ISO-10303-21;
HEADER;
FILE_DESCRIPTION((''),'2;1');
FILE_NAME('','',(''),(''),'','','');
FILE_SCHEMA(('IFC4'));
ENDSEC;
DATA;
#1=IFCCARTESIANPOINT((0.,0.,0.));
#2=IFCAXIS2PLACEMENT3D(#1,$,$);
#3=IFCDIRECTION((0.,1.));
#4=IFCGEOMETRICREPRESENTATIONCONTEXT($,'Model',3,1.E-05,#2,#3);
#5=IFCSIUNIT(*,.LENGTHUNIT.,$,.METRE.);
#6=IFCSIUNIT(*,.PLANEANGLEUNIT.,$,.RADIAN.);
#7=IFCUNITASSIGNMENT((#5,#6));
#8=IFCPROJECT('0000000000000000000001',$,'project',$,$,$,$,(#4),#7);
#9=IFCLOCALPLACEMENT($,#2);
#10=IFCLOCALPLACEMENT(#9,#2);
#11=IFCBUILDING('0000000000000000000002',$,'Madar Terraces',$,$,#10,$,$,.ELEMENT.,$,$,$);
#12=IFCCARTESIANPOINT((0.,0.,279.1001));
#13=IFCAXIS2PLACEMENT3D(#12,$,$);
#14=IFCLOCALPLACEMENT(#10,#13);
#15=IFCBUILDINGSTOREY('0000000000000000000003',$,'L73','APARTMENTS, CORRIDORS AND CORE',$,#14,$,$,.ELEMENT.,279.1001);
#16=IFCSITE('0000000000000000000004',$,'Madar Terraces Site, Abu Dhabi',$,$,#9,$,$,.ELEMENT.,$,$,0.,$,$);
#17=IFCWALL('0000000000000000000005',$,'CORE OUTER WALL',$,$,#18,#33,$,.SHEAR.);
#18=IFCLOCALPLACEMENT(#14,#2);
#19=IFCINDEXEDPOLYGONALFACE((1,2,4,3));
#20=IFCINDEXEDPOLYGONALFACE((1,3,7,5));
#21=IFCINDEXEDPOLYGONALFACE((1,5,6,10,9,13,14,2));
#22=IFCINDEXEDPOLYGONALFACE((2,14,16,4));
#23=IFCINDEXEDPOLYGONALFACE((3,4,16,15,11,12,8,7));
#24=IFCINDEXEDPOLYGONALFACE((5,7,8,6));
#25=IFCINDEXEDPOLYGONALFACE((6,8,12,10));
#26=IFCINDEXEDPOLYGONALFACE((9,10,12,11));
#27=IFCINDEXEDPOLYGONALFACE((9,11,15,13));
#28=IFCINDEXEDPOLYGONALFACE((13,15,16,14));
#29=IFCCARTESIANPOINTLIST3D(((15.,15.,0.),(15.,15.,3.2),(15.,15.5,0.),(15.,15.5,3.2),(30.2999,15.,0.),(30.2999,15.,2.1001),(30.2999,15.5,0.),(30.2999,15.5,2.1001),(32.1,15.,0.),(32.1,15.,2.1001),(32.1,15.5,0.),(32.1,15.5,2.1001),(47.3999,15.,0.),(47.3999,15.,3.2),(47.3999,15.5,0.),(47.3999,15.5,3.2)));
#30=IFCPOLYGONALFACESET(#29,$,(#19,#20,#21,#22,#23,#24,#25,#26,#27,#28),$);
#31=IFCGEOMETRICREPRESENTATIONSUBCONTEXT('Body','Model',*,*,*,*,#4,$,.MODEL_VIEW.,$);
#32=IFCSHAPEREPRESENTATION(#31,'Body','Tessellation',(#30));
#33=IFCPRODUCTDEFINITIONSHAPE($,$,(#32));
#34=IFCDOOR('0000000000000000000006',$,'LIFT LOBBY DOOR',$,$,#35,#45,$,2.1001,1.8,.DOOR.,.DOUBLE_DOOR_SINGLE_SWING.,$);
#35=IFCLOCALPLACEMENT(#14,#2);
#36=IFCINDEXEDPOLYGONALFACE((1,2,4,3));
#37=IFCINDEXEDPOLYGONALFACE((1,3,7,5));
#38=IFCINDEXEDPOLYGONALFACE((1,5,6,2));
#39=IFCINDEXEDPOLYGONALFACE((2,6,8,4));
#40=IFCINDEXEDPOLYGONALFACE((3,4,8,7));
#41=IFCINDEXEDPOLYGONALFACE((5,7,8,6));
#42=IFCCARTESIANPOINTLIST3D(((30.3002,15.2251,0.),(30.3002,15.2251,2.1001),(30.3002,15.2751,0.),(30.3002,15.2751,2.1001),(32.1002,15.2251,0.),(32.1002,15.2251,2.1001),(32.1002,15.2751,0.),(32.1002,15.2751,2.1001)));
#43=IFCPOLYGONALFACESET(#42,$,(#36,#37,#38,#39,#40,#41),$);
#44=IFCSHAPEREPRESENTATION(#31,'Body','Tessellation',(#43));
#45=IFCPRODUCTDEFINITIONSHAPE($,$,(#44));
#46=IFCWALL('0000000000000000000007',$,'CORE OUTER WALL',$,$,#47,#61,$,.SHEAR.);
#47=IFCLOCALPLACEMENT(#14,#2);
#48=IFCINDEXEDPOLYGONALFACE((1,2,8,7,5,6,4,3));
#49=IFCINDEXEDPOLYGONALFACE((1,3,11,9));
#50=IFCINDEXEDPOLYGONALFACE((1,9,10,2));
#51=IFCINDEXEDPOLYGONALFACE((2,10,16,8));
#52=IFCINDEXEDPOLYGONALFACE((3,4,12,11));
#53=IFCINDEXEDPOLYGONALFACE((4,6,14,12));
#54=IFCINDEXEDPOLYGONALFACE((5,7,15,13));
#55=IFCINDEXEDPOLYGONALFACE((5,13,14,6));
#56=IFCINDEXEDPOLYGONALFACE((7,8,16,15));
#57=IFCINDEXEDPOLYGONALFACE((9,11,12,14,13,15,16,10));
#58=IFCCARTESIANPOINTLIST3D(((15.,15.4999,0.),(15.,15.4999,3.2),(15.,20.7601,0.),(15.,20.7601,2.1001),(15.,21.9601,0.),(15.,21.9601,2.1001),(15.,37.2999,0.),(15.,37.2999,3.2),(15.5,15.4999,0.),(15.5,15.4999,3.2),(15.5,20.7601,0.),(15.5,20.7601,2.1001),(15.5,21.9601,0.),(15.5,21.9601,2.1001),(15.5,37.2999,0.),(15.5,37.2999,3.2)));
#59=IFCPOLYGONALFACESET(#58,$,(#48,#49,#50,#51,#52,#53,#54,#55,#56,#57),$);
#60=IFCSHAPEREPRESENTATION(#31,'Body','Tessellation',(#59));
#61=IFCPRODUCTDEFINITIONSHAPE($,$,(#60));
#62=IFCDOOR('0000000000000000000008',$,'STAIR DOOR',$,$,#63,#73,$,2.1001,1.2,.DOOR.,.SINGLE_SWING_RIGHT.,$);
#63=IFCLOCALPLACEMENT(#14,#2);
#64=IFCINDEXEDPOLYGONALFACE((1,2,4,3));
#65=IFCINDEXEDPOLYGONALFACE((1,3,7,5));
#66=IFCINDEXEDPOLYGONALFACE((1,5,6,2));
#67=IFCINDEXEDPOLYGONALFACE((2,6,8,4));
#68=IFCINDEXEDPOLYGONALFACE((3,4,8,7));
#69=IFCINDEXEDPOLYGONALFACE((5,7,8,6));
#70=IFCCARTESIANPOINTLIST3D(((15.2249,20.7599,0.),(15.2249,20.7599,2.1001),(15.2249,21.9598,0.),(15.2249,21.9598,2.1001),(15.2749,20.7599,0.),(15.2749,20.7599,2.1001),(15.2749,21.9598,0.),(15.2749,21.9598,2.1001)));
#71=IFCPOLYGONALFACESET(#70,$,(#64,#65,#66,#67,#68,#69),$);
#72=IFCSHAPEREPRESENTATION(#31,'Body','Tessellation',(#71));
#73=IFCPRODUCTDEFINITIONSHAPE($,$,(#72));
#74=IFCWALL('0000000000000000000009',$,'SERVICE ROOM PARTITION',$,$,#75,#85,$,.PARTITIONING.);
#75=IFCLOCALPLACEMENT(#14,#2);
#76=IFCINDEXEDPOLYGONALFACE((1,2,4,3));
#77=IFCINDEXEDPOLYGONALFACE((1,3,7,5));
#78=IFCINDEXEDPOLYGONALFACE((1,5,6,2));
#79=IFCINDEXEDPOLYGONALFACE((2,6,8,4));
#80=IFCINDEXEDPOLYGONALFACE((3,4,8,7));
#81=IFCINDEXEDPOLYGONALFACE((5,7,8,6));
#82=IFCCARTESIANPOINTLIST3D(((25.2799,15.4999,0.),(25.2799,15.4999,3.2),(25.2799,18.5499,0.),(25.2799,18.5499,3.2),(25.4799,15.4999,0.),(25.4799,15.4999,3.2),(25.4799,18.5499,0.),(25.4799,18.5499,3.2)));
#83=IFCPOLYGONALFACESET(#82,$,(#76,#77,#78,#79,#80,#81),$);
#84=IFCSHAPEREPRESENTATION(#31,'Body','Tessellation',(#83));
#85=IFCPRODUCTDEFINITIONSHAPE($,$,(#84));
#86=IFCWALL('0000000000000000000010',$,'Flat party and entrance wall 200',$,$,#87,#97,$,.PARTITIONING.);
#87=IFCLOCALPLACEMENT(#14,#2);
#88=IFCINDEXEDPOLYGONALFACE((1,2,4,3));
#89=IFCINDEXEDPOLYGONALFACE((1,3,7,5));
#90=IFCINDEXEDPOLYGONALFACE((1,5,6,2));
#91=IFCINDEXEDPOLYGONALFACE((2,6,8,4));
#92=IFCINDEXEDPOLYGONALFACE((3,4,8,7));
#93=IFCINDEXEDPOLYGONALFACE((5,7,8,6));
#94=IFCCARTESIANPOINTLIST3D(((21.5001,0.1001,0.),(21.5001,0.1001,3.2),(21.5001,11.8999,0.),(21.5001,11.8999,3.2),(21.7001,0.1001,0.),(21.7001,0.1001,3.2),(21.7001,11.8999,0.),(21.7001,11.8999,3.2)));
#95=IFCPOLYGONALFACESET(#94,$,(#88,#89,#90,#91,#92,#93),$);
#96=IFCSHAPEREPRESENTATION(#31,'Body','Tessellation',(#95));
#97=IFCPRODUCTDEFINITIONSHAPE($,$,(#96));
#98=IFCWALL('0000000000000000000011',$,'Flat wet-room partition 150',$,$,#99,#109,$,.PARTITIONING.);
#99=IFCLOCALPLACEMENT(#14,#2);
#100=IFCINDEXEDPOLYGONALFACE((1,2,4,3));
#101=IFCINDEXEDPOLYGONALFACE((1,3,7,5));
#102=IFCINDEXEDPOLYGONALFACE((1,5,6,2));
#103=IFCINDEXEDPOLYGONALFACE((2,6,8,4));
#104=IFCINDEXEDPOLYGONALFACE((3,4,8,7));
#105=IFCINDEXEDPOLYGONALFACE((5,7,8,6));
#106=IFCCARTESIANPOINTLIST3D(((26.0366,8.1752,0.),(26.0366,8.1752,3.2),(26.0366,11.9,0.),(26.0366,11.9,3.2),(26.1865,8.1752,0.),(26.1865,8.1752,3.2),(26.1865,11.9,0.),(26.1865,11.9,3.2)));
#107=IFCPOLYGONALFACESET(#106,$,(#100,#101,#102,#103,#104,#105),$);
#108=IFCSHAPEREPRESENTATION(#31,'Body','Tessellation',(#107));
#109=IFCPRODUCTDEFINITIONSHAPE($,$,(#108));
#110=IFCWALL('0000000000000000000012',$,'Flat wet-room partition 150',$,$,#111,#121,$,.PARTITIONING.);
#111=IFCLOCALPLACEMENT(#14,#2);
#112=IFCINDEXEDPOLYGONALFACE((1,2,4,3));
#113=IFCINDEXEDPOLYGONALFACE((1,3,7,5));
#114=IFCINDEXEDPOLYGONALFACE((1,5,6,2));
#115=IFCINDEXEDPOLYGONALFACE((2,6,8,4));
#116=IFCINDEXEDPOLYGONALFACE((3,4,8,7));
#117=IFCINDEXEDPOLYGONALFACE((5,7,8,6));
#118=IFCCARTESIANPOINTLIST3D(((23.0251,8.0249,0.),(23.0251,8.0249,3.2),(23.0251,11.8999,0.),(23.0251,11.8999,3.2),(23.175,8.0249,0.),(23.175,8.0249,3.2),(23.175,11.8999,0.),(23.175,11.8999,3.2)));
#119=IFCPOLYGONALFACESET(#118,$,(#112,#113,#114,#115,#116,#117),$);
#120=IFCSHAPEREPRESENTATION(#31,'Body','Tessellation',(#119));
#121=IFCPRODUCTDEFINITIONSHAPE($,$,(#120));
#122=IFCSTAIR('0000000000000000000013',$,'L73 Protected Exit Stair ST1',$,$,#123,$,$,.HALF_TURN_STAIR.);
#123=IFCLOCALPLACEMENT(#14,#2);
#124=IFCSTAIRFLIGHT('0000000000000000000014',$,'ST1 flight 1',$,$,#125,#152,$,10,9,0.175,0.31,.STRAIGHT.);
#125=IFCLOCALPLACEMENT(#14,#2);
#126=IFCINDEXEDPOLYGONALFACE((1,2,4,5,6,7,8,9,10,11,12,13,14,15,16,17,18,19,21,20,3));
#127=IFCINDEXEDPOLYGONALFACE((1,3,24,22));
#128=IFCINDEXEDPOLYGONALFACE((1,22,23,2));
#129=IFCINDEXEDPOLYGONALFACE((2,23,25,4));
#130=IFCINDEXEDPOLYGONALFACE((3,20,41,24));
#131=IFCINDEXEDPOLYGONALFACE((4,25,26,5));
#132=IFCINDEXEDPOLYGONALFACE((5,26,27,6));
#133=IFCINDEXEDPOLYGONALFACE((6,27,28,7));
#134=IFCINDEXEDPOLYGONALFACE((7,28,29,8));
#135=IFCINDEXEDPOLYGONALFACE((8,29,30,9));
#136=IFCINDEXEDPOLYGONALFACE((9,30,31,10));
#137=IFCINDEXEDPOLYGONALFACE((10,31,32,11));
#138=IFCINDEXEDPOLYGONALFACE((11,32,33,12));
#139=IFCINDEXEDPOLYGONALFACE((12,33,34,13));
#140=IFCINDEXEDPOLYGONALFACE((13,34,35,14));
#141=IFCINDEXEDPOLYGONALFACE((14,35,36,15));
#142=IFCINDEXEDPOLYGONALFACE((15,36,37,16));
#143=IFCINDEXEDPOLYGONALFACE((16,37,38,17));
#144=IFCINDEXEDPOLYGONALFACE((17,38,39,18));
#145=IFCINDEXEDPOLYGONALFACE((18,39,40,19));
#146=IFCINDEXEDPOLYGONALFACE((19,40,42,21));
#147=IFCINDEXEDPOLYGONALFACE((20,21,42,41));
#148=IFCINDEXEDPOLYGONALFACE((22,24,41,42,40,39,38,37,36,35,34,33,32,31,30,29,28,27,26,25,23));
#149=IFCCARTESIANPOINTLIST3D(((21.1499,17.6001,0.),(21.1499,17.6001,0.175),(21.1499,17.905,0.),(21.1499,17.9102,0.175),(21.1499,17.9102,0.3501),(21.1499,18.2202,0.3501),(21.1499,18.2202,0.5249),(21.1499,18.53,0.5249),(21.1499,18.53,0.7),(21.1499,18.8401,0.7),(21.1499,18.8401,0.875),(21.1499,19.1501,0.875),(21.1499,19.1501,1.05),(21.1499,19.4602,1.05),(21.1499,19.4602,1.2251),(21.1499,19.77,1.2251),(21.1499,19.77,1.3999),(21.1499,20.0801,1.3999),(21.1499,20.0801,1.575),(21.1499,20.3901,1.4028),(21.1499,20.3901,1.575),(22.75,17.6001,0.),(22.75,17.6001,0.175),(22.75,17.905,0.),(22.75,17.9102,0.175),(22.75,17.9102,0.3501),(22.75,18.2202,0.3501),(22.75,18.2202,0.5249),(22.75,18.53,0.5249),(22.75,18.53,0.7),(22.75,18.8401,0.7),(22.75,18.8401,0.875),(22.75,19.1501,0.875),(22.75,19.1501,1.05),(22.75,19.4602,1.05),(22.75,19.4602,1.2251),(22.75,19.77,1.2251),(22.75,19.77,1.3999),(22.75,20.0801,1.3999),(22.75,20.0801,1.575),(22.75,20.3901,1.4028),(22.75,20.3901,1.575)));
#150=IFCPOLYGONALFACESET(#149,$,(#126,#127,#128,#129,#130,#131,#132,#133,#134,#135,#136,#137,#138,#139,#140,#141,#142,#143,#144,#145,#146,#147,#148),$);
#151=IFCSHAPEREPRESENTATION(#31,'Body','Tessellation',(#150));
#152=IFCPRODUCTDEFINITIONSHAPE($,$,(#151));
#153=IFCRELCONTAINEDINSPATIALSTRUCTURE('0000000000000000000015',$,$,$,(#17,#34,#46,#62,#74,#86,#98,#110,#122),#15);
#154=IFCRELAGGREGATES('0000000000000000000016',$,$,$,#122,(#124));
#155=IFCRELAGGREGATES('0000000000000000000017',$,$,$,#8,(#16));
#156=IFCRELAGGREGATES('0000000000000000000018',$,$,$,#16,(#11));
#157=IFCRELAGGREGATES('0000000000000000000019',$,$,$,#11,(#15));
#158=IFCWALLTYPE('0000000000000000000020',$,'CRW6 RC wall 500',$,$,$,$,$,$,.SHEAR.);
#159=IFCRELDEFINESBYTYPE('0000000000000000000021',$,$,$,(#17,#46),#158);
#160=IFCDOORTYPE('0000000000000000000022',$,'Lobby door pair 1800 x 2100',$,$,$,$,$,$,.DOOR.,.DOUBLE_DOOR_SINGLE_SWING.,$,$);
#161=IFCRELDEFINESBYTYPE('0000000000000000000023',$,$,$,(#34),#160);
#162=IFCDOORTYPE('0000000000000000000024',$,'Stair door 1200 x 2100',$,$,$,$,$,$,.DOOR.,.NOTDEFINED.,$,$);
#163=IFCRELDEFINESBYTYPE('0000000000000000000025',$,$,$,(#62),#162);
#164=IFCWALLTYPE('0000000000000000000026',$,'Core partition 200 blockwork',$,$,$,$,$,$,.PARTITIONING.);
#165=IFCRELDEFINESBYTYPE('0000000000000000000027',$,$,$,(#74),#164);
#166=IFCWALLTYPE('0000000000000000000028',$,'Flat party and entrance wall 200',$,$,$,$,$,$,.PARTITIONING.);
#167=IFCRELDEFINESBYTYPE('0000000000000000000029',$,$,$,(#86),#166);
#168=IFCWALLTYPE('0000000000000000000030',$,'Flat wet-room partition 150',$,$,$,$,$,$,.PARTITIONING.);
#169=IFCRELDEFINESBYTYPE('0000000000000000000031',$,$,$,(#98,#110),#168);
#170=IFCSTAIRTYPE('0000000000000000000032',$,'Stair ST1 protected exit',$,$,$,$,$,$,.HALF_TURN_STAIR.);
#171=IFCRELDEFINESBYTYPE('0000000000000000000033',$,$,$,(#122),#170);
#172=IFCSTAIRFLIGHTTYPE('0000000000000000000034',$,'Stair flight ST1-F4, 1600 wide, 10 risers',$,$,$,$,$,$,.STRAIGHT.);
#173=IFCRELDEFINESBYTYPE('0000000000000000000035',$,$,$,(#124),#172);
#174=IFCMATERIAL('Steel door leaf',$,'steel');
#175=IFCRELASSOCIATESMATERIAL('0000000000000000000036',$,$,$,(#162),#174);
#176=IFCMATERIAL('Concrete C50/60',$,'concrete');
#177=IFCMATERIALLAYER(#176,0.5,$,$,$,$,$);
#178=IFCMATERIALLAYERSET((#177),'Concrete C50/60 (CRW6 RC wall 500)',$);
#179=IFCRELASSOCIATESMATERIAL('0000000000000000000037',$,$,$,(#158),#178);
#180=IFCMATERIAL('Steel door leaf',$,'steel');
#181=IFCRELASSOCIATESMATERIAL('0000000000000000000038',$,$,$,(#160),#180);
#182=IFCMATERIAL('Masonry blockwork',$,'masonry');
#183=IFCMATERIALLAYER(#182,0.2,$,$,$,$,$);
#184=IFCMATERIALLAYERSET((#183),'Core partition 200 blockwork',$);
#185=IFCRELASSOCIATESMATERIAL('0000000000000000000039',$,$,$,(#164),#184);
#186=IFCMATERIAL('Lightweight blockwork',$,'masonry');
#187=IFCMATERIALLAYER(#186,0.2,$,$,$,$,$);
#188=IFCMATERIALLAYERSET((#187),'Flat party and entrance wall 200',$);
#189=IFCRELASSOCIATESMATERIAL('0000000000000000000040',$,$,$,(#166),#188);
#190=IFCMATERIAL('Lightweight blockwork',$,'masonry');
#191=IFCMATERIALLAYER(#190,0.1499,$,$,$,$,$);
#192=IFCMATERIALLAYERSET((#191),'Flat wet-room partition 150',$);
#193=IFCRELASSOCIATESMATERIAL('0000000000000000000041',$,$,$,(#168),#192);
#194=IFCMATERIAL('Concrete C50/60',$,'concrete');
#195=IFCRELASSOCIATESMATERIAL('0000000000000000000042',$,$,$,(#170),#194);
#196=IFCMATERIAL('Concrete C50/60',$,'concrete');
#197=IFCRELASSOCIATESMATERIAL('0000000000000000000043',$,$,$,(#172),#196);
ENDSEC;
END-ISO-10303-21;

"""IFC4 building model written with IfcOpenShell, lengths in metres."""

from ifc_helpers import new_model, si_unit, direction, frame, frame_2d, origin, place, context, subcontext, project, spatial, polyline, rectangle, outline, extrude, material, layer, layer_set, type_object, element, fill, aggregate, save


model = new_model("IFC4")

# Units and contexts
model_context = context("Model", 3, precision=1e-05, world=origin(), true_north=direction((0.0, 1.0)))
body_context = subcontext(model_context, "Body", "Model", "MODEL_VIEW")
ifc_project = project(units=[si_unit("LENGTHUNIT", "METRE"), si_unit("PLANEANGLEUNIT", "RADIAN")], contexts=[model_context])

# Site, building, storey
site_placement = place(None, origin())
site = spatial("IfcSite", under=ifc_project, at=site_placement, Name="Madar Terraces Site, Abu Dhabi", CompositionType="ELEMENT", RefElevation=0.0)
building_placement = place(site_placement, origin())
building = spatial("IfcBuilding", under=site, at=building_placement, Name="Madar Terraces", CompositionType="ELEMENT")
storey_placement = place(building_placement, frame((0.0, 0.0, 279.1001)))
storey = spatial("IfcBuildingStorey", under=building, at=storey_placement, Name="L73", Description="APARTMENTS, CORRIDORS AND CORE", CompositionType="ELEMENT", Elevation=279.1001)

# Shared definitions
ifc_material_1 = material(Name="Steel door leaf", Category="steel")
door_type_1 = type_object("IfcDoorType", Name="Stair door 1200 x 2100", OperationType="NOTDEFINED", PredefinedType="DOOR", material=ifc_material_1)

# Walls, openings, doors
ifc_material_2 = material(Name="Concrete C50/60", Category="concrete")
ifc_layer_1 = layer(ifc_material_2, 0.5)
ifc_layer_set_1 = layer_set([ifc_layer_1], Name="Concrete C50/60 (CRW6 RC wall 500)")
wall_type_1 = type_object("IfcWallType", Name="CRW6 RC wall 500", PredefinedType="SHEAR", material=ifc_layer_set_1)
wall_1_placement = place(storey_placement, frame((15.0, 15.25, 0.0), z_axis=(0.0, 0.0, 1.0), x_axis=(1.0, 0.0, 0.0)))
wall_1 = element("IfcWall", 1, at=wall_1_placement, inside=storey, type_object=wall_type_1, Name="CORE OUTER WALL", PredefinedType="SHEAR", context=body_context, shape_type="SweptSolid", body=[
    extrude(rectangle(XDim=32.3999, YDim=0.5, at=frame_2d((16.2, 0.0))), origin(), (0.0, 0.0, 1.0), 3.2),
])
opening_1_placement = place(wall_1_placement, frame((15.3, 0.0, 0.0)))
opening_1 = element("IfcOpeningElement", 2, at=opening_1_placement, cuts=wall_1, PredefinedType="OPENING", context=body_context, shape_type="SweptSolid", body=[
    extrude(rectangle(XDim=1.8, YDim=2.1001, at=frame_2d((0.8999, 1.05))), frame((0.0, 0.26, 0.0), z_axis=(0.0, -1.0, 0.0), x_axis=(1.0, 0.0, 0.0)), (0.0, 0.0, 1.0), 0.52),
])
ifc_material_3 = material(Name="Steel door leaf", Category="steel")
door_type_2 = type_object("IfcDoorType", Name="Lobby door pair 1800 x 2100", OperationType="DOUBLE_DOOR_SINGLE_SWING", PredefinedType="DOOR", material=ifc_material_3)
door_1_placement = place(opening_1_placement, frame((1.8, 0.0, 0.0), z_axis=(0.0, 0.0, 1.0), x_axis=(-1.0, 0.0, 0.0)))
door_1 = element("IfcDoor", 3, at=door_1_placement, inside=storey, type_object=door_type_2, Name="LIFT LOBBY DOOR", OperationType="DOUBLE_DOOR_SINGLE_SWING", OverallHeight=2.1001, OverallWidth=1.8, PredefinedType="DOOR", context=body_context, shape_type="SweptSolid", body=[
    extrude(rectangle(XDim=1.8, YDim=2.1001, at=frame_2d((0.8999, 1.05))), frame((0.0, 0.0249, 0.0), z_axis=(0.0, -1.0, 0.0), x_axis=(1.0, 0.0, 0.0)), (0.0, 0.0, 1.0), 0.05),
])
fill(opening_1, door_1)
wall_2_placement = place(storey_placement, frame((15.25, 15.5, 0.0), z_axis=(0.0, 0.0, 1.0), x_axis=(0.0, 1.0, 0.0)))
wall_2 = element("IfcWall", 4, at=wall_2_placement, inside=storey, type_object=wall_type_1, Name="CORE OUTER WALL", PredefinedType="SHEAR", context=body_context, shape_type="SweptSolid", body=[
    extrude(rectangle(XDim=21.8, YDim=0.5, at=frame_2d((10.8999, 0.0))), origin(), (0.0, 0.0, 1.0), 3.2),
])
opening_2_placement = place(wall_2_placement, frame((5.26, 0.0, 0.0)))
opening_2 = element("IfcOpeningElement", 5, at=opening_2_placement, cuts=wall_2, PredefinedType="OPENING", context=body_context, shape_type="SweptSolid", body=[
    extrude(rectangle(XDim=1.2, YDim=2.1001, at=frame_2d((0.6001, 1.05))), frame((0.0, 0.26, 0.0), z_axis=(0.0, -1.0, 0.0), x_axis=(1.0, 0.0, 0.0)), (0.0, 0.0, 1.0), 0.52),
])
door_2_placement = place(opening_2_placement, frame((1.2, 0.0, 0.0), z_axis=(0.0, 0.0, 1.0), x_axis=(-1.0, 0.0, 0.0)))
door_2 = element("IfcDoor", 6, at=door_2_placement, inside=storey, type_object=door_type_1, Name="STAIR DOOR", OperationType="SINGLE_SWING_RIGHT", OverallHeight=2.1001, OverallWidth=1.2, PredefinedType="DOOR", context=body_context, shape_type="SweptSolid", body=[
    extrude(rectangle(XDim=1.2, YDim=2.1001, at=frame_2d((0.6001, 1.05))), frame((0.0, 0.0249, 0.0), z_axis=(0.0, -1.0, 0.0), x_axis=(1.0, 0.0, 0.0)), (0.0, 0.0, 1.0), 0.05),
])
fill(opening_2, door_2)

# Walls
ifc_material_4 = material(Name="Masonry blockwork", Category="masonry")
ifc_layer_2 = layer(ifc_material_4, 0.2)
ifc_layer_set_2 = layer_set([ifc_layer_2], Name="Core partition 200 blockwork")
wall_type_2 = type_object("IfcWallType", Name="Core partition 200 blockwork", PredefinedType="PARTITIONING", material=ifc_layer_set_2)
wall_3_placement = place(storey_placement, frame((25.3799, 15.5, 0.0), z_axis=(0.0, 0.0, 1.0), x_axis=(0.0, 1.0, 0.0)))
element("IfcWall", 7, at=wall_3_placement, inside=storey, type_object=wall_type_2, Name="SERVICE ROOM PARTITION", PredefinedType="PARTITIONING", context=body_context, shape_type="SweptSolid", body=[
    extrude(rectangle(XDim=3.05, YDim=0.2, at=frame_2d((1.5249, 0.0))), origin(), (0.0, 0.0, 1.0), 3.2),
])
ifc_material_5 = material(Name="Lightweight blockwork", Category="masonry")
ifc_layer_3 = layer(ifc_material_5, 0.2)
ifc_layer_set_3 = layer_set([ifc_layer_3], Name="Flat party and entrance wall 200")
wall_type_3 = type_object("IfcWallType", Name="Flat party and entrance wall 200", PredefinedType="PARTITIONING", material=ifc_layer_set_3)
wall_4_placement = place(storey_placement, frame((21.6001, 11.8999, 0.0), z_axis=(0.0, 0.0, 1.0), x_axis=(0.0, -1.0, 0.0)))
element("IfcWall", 8, at=wall_4_placement, inside=storey, type_object=wall_type_3, Name="Flat party and entrance wall 200", PredefinedType="PARTITIONING", context=body_context, shape_type="SweptSolid", body=[
    extrude(rectangle(XDim=11.7998, YDim=0.2, at=frame_2d((5.8999, 0.0))), origin(), (0.0, 0.0, 1.0), 3.2),
])
ifc_material_6 = material(Name="Lightweight blockwork", Category="masonry")
ifc_layer_4 = layer(ifc_material_6, 0.1499)
ifc_layer_set_4 = layer_set([ifc_layer_4], Name="Flat wet-room partition 150")
wall_type_4 = type_object("IfcWallType", Name="Flat wet-room partition 150", PredefinedType="PARTITIONING", material=ifc_layer_set_4)
wall_5_placement = place(storey_placement, frame((26.1116, 11.8999, 0.0), z_axis=(0.0, 0.0, 1.0), x_axis=(0.0, -1.0, 0.0)))
element("IfcWall", 9, at=wall_5_placement, inside=storey, type_object=wall_type_4, Name="Flat wet-room partition 150", PredefinedType="PARTITIONING", context=body_context, shape_type="SweptSolid", body=[
    extrude(rectangle(XDim=3.7249, YDim=0.1499, at=frame_2d((1.8623, 0.0))), origin(), (0.0, 0.0, 1.0), 3.2),
])
wall_6_placement = place(storey_placement, frame((23.1001, 11.8999, 0.0), z_axis=(0.0, 0.0, 1.0), x_axis=(0.0, -1.0, 0.0)))
element("IfcWall", 10, at=wall_6_placement, inside=storey, type_object=wall_type_4, Name="Flat wet-room partition 150", PredefinedType="PARTITIONING", context=body_context, shape_type="SweptSolid", body=[
    extrude(rectangle(XDim=3.875, YDim=0.1499, at=frame_2d((1.9375, 0.0))), origin(), (0.0, 0.0, 1.0), 3.2),
])

# Stair, stair flight
ifc_material_7 = material(Name="Concrete C50/60", Category="concrete")
stair_type = type_object("IfcStairType", Name="Stair ST1 protected exit", PredefinedType="HALF_TURN_STAIR", material=ifc_material_7)
stair_placement = place(storey_placement, origin())
stair = element("IfcStair", 11, at=stair_placement, inside=storey, type_object=stair_type, Name="L73 Protected Exit Stair ST1", PredefinedType="HALF_TURN_STAIR")
ifc_material_8 = material(Name="Concrete C50/60", Category="concrete")
stair_flight_type = type_object("IfcStairFlightType", Name="Stair flight ST1-F4, 1600 wide, 10 risers", PredefinedType="STRAIGHT", material=ifc_material_8)
stair_flight_1_placement = place(storey_placement, frame((21.95, 17.6001, 0.0), z_axis=(0.0, 0.0, 1.0), x_axis=(0.0, 1.0, 0.0)))
stair_flight_1 = element("IfcStairFlight", 12, at=stair_flight_1_placement, type_object=stair_flight_type, Name="ST1 flight 1", NumberOfRisers=10, NumberOfTreads=9, PredefinedType="STRAIGHT", RiserHeight=0.175, TreadLength=0.31, context=body_context, shape_type="SweptSolid", body=[
    extrude(outline(polyline([(0.0, 0.0), (0.0, 0.175), (0.3101, 0.175), (0.3101, 0.3501), (0.6201, 0.3501), (0.6201, 0.5249), (0.9299, 0.5249), (0.9299, 0.7), (1.24, 0.7), (1.24, 0.875), (1.55, 0.875), (1.55, 1.05), (1.8601, 1.05), (1.8601, 1.2251), (2.1699, 1.2251), (2.1699, 1.3999), (2.48, 1.3999), (2.48, 1.575), (2.79, 1.575), (2.79, 1.75), (2.79, 1.4028), (0.3049, 0.0), (0.0, 0.0)])), frame((0.0, 0.8, 0.0), z_axis=(0.0, -1.0, 0.0), x_axis=(1.0, 0.0, 0.0)), (0.0, 0.0, 1.0), 1.6001),
])
aggregate(stair, [stair_flight_1])

save(model, "model.ifc")
